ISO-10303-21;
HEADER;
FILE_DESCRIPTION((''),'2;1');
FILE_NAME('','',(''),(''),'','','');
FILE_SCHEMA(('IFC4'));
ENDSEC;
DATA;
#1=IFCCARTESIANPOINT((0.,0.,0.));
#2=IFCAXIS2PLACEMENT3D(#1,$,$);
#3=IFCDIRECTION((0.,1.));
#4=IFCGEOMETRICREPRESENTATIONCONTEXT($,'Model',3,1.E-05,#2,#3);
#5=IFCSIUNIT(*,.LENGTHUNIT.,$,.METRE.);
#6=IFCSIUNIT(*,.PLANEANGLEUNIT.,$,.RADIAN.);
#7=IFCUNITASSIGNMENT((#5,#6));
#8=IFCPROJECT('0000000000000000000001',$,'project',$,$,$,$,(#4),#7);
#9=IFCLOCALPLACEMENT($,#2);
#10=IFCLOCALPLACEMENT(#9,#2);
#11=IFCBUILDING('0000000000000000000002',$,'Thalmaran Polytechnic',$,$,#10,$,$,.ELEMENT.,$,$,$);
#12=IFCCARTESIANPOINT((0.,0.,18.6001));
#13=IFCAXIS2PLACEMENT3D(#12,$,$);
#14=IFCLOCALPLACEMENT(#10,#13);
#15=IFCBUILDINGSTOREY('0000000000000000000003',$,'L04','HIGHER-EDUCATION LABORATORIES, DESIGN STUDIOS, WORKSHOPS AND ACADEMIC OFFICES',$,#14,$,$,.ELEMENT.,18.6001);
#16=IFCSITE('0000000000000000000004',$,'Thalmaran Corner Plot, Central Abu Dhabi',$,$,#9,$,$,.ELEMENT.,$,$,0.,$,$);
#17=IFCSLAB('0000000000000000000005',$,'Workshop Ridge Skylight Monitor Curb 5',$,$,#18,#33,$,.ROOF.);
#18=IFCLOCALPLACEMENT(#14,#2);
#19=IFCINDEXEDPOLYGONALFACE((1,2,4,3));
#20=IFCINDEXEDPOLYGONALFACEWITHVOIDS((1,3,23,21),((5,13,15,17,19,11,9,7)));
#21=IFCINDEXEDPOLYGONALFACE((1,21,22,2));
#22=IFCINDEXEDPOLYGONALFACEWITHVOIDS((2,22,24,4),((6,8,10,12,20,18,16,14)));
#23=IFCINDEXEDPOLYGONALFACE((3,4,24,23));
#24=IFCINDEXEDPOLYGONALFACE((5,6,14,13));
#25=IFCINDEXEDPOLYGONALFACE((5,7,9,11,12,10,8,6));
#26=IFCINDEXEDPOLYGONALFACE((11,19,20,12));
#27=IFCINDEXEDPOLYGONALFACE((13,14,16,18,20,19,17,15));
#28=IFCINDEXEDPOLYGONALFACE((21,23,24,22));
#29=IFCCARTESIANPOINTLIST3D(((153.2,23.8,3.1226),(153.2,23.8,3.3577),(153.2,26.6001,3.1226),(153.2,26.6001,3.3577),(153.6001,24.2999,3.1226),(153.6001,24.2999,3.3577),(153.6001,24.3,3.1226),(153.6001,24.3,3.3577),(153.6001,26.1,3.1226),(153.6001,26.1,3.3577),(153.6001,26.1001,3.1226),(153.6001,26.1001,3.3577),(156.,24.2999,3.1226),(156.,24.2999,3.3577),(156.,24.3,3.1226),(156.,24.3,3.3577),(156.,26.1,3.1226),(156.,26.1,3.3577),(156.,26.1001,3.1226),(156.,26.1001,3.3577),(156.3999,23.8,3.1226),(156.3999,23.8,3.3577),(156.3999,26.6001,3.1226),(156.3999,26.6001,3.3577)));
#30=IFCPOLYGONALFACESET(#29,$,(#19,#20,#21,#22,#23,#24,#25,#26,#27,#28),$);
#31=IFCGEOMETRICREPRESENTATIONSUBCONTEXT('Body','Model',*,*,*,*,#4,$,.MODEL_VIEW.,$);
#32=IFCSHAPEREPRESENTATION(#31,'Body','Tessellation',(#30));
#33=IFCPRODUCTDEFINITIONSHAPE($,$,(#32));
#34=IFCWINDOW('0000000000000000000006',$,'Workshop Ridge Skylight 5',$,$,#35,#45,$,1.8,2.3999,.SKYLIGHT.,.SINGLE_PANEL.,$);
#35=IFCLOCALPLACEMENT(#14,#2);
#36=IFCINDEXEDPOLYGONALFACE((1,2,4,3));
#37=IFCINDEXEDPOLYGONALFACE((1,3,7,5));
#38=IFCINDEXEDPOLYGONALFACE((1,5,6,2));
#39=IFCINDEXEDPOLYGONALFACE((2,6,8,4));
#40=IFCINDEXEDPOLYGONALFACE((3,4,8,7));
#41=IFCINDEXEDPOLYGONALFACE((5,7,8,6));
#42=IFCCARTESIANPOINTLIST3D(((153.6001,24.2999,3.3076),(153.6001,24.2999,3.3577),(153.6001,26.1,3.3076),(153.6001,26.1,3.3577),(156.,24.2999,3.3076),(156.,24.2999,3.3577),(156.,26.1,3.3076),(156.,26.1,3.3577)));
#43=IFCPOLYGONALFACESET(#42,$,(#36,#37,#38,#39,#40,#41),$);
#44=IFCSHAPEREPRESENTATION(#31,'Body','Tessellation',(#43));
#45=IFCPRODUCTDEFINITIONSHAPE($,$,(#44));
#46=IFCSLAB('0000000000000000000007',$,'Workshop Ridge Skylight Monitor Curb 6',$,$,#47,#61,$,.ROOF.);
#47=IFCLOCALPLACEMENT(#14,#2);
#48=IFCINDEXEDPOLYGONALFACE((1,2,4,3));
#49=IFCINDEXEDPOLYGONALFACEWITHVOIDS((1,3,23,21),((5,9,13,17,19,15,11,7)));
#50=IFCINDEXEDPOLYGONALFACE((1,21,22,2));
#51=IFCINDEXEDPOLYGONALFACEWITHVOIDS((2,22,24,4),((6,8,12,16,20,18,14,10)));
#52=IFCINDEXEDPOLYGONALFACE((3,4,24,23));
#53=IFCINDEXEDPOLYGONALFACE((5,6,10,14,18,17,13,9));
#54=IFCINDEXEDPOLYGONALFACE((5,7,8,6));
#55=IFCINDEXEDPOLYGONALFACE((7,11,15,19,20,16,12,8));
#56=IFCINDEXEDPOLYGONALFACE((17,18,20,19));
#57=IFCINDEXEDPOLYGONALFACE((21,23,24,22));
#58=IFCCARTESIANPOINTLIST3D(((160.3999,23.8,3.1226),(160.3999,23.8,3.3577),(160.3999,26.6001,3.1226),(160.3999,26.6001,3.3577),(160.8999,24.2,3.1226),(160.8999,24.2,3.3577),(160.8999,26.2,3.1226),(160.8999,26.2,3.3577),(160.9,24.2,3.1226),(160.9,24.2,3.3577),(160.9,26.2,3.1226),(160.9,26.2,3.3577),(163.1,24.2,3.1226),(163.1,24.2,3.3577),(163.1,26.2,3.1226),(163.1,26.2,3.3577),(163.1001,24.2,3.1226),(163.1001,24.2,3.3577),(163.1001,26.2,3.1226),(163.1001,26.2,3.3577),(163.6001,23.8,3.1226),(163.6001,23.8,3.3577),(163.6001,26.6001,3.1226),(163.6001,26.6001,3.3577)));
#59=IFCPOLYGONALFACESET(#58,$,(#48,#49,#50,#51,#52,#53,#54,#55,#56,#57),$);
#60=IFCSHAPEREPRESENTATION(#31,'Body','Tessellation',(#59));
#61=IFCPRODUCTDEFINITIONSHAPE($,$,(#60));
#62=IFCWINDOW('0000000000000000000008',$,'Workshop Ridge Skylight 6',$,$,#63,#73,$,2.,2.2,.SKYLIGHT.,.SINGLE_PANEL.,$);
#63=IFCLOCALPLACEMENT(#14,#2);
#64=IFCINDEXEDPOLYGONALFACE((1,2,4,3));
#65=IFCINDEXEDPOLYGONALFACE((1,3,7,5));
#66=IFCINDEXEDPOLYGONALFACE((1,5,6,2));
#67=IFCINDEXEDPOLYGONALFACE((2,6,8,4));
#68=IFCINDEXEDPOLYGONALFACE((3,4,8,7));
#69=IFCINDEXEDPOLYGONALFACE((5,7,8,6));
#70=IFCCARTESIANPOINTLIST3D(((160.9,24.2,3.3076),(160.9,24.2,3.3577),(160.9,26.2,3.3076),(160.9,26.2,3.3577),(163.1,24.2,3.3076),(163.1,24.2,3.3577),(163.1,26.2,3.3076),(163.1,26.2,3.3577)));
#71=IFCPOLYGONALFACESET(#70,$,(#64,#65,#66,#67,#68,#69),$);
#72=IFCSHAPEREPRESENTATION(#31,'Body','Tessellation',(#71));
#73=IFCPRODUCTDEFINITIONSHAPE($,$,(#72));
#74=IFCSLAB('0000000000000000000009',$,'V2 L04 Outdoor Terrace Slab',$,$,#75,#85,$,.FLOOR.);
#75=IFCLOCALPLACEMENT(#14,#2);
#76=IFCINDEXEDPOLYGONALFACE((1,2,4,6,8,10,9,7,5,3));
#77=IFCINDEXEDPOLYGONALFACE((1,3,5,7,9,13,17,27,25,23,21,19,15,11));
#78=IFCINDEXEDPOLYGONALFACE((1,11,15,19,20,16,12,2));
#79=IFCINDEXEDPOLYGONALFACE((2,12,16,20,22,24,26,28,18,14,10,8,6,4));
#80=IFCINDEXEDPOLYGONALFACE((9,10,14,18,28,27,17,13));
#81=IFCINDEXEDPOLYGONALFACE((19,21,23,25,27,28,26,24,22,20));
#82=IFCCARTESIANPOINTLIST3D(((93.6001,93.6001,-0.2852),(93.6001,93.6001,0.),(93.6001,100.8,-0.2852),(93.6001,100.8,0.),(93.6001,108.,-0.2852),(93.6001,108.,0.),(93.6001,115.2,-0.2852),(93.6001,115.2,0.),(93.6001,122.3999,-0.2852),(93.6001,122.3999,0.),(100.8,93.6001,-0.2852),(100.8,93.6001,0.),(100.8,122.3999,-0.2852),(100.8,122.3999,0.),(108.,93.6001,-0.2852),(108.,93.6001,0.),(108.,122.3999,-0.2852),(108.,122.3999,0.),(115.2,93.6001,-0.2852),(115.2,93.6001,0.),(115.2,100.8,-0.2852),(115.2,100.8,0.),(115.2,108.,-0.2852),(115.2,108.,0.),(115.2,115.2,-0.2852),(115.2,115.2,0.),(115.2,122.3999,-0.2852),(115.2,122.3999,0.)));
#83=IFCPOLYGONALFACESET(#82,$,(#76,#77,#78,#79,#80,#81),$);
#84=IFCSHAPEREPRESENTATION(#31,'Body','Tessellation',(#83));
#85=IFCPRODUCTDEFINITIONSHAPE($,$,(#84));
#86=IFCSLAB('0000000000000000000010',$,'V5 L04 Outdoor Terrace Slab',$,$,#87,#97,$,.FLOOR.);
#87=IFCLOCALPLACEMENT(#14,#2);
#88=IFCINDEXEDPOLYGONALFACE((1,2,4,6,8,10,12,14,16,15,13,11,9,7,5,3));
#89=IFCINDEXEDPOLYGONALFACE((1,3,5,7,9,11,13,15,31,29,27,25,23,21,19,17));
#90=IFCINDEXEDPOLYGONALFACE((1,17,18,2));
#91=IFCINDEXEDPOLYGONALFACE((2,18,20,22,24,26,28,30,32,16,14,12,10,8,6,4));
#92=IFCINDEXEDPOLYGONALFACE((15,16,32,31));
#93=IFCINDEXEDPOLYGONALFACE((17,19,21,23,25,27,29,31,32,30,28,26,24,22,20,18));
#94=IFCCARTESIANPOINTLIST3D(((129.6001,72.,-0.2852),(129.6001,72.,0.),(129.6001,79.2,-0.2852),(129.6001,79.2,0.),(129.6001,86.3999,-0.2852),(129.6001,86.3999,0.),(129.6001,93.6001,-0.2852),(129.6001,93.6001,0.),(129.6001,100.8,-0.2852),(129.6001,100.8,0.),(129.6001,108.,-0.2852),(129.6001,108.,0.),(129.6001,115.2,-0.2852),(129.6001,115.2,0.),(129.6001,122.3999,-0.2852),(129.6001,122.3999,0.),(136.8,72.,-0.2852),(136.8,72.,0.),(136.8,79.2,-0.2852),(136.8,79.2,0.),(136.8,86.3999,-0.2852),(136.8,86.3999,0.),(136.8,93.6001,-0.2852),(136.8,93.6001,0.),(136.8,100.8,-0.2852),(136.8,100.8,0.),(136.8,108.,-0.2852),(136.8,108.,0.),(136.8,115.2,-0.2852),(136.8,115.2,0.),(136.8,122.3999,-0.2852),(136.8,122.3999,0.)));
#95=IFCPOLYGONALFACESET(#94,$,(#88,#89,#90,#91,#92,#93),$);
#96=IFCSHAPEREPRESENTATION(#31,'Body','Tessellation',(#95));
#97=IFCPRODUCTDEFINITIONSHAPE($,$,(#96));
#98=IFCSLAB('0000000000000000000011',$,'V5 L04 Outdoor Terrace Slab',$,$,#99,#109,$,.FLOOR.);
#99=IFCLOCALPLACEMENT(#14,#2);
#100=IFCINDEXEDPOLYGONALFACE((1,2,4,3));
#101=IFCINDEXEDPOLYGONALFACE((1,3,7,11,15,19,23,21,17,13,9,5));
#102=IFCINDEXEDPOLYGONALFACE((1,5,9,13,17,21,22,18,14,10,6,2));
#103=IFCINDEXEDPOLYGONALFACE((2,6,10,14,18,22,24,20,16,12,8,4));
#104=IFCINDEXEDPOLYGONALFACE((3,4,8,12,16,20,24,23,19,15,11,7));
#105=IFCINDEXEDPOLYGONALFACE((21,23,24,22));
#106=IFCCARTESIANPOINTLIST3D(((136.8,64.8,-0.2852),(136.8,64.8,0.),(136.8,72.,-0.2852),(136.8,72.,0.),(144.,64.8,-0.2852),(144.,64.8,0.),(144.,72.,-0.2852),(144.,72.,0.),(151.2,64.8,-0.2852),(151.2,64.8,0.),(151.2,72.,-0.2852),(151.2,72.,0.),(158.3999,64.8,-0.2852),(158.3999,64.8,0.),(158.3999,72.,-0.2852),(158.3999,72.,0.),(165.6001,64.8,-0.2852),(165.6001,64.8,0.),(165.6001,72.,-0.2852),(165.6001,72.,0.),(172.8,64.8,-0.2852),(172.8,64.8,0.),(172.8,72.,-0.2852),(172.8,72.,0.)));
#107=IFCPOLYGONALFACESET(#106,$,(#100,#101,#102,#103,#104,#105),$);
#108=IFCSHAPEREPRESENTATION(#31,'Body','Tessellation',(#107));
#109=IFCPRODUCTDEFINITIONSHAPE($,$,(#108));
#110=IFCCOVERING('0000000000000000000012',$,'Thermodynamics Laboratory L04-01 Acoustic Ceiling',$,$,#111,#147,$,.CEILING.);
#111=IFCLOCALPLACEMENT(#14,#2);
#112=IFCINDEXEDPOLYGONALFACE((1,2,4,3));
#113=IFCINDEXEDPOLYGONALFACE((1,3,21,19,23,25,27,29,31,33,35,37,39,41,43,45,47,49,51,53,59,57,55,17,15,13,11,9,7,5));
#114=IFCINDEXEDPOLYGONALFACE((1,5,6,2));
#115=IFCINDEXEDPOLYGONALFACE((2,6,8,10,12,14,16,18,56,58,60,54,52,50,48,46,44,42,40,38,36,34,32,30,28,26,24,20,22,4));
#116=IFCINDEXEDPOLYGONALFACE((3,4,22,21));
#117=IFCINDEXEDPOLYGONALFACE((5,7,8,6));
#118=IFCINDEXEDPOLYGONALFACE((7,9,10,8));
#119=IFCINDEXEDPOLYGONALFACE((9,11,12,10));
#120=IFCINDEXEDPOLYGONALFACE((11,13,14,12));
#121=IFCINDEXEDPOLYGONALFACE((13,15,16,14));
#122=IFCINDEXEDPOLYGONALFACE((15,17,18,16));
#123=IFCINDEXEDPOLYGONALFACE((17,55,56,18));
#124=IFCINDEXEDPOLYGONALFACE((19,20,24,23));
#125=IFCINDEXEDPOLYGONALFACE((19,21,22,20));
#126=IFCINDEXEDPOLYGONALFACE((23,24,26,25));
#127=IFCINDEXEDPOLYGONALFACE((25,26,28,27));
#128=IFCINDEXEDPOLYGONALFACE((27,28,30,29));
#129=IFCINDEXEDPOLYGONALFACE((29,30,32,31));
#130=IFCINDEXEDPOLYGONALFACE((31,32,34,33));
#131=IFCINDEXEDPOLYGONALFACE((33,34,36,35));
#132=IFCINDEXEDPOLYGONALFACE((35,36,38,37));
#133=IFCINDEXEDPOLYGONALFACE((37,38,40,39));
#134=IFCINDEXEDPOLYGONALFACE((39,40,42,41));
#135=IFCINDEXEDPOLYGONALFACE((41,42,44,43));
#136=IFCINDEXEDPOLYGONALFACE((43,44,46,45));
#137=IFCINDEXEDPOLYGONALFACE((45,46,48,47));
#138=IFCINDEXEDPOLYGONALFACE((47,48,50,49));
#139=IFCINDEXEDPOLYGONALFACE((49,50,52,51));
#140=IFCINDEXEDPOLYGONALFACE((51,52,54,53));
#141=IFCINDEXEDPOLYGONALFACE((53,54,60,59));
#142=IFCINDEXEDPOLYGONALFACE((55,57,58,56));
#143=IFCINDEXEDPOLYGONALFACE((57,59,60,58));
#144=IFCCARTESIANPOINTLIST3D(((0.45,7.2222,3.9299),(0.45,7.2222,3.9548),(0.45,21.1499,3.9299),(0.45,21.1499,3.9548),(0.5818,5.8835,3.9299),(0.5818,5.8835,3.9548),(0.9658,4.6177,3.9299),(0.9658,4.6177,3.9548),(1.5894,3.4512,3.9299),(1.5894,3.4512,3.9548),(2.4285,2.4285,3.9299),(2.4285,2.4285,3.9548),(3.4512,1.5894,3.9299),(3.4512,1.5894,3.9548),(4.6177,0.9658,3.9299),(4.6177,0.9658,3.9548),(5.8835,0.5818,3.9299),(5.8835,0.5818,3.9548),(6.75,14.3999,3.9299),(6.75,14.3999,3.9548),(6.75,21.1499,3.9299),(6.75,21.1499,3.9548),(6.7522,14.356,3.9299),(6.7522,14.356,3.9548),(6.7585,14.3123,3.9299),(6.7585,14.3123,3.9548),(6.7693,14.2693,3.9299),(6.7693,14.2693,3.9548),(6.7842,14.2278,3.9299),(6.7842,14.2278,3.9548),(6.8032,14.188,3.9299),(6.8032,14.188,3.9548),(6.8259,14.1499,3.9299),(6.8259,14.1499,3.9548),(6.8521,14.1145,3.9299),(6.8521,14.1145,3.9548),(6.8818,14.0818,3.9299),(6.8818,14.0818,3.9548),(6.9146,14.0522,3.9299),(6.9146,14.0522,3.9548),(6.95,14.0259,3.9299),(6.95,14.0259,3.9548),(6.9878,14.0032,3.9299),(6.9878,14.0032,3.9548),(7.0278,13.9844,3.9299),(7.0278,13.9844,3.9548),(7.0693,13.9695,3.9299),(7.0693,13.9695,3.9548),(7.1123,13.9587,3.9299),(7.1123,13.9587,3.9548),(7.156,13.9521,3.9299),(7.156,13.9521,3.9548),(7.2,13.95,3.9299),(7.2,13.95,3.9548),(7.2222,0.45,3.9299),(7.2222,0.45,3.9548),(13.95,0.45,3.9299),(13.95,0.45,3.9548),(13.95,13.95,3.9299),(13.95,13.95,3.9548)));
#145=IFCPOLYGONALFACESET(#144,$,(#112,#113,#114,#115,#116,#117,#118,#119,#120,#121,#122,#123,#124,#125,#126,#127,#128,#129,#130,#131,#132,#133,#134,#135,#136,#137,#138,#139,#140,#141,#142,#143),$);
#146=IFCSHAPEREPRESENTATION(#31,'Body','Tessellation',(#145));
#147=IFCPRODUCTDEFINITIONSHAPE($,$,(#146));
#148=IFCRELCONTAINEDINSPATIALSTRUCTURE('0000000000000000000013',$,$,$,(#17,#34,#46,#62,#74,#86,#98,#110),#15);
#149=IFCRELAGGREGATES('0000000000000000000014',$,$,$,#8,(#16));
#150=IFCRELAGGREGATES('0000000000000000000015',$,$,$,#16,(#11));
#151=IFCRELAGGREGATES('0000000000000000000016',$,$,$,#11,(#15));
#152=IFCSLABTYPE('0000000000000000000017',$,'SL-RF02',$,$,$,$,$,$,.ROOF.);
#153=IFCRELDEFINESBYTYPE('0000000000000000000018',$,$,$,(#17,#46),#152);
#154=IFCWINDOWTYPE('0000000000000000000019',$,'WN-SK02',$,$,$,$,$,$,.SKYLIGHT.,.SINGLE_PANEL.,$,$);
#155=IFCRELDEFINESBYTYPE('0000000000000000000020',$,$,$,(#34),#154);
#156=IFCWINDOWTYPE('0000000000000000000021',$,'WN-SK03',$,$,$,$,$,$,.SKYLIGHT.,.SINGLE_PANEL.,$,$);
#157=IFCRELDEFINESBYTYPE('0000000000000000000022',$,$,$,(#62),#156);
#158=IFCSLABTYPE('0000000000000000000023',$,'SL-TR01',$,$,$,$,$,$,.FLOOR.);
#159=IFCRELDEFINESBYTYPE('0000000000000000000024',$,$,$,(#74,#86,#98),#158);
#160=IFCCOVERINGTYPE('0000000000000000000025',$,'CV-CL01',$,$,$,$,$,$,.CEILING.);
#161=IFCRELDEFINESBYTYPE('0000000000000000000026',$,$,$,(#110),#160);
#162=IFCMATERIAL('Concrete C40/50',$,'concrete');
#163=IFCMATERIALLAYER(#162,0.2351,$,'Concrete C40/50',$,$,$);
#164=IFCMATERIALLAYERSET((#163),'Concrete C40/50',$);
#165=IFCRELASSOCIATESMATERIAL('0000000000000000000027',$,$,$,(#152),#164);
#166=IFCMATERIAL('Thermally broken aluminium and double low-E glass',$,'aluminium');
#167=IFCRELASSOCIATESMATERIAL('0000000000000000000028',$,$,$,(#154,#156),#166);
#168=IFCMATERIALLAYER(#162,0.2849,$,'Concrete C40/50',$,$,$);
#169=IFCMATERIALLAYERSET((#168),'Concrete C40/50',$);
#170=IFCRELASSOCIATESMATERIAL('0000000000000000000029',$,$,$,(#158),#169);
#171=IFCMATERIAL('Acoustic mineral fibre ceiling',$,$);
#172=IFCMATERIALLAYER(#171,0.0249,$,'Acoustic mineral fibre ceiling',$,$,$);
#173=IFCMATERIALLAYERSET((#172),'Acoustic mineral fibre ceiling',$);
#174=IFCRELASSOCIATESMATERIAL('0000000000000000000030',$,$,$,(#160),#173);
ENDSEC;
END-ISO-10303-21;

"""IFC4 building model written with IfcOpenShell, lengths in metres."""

from ifc_helpers import new_model, si_unit, direction, frame, origin, origin_2d, place, context, subcontext, project, spatial, polyline, rectangle, outline, extrude, material, layer, layer_set, type_object, element, fill, save


model = new_model("IFC4")

# Units and contexts
model_context = context("Model", 3, precision=1e-05, world=origin(), true_north=direction((0.0, 1.0)))
body_context = subcontext(model_context, "Body", "Model", "MODEL_VIEW")
ifc_project = project(units=[si_unit("LENGTHUNIT", "METRE"), si_unit("PLANEANGLEUNIT", "RADIAN")], contexts=[model_context])

# Site, building, storey
site_placement = place(None, origin())
site = spatial("IfcSite", under=ifc_project, at=site_placement, Name="Thalmaran Corner Plot, Central Abu Dhabi", CompositionType="ELEMENT", RefElevation=0.0)
building_placement = place(site_placement, origin())
building = spatial("IfcBuilding", under=site, at=building_placement, Name="Thalmaran Polytechnic", CompositionType="ELEMENT")
storey_placement = place(building_placement, frame((0.0, 0.0, 18.6001)))
storey = spatial("IfcBuildingStorey", under=building, at=storey_placement, Name="L04", Description="HIGHER-EDUCATION LABORATORIES, DESIGN STUDIOS, WORKSHOPS AND ACADEMIC OFFICES", CompositionType="ELEMENT", Elevation=18.6001)

# Shared definitions
ifc_material_1 = material(Name="Concrete C40/50", Category="concrete")

# Slabs, openings, windows
ifc_layer_1 = layer(ifc_material_1, 0.2351, Name="Concrete C40/50")
ifc_layer_set_1 = layer_set([ifc_layer_1], Name="Concrete C40/50")
slab_type_1 = type_object("IfcSlabType", Name="SL-RF02", PredefinedType="ROOF", material=ifc_layer_set_1)
ifc_material_2 = material(Name="Thermally broken aluminium and double low-E glass", Category="aluminium")
window_type_1 = type_object("IfcWindowType", Name="WN-SK02", PartitioningType="SINGLE_PANEL", PredefinedType="SKYLIGHT", material=ifc_material_2)
window_type_2 = type_object("IfcWindowType", Name="WN-SK03", PartitioningType="SINGLE_PANEL", PredefinedType="SKYLIGHT", material=ifc_material_2)
slab_1_placement = place(storey_placement, frame((0.0, 0.0, 3.1226)))
slab_1 = element("IfcSlab", 1, at=slab_1_placement, inside=storey, type_object=slab_type_1, Name="Workshop Ridge Skylight Monitor Curb 5", PredefinedType="ROOF", context=body_context, shape_type="SweptSolid", body=[
    extrude(outline(polyline([(153.2, 23.8), (156.3999, 23.8), (156.3999, 26.6001), (153.2, 26.6001), (153.2, 23.8)]), holes=[polyline([(153.6001, 24.3), (156.0, 24.3), (156.0, 26.1001), (153.6001, 26.1001), (153.6001, 24.3)])]), origin(), (0.0, 0.0, 1.0), 0.2351),
])
opening_1_placement = place(slab_1_placement, frame((154.8, 25.2, 0.0)))
opening_1 = element("IfcOpeningElement", 2, at=opening_1_placement, cuts=slab_1, PredefinedType="OPENING", context=body_context, shape_type="SweptSolid", body=[
    extrude(rectangle(XDim=2.3999, YDim=1.8, at=origin_2d()), frame((0.0, 0.0, -0.01)), (0.0, 0.0, 1.0), 0.2551),
])
window_1_placement = place(opening_1_placement, frame((0.0, 0.0, 0.1851)))
window_1 = element("IfcWindow", 3, at=window_1_placement, inside=storey, type_object=window_type_1, Name="Workshop Ridge Skylight 5", OverallHeight=1.8, OverallWidth=2.3999, PartitioningType="SINGLE_PANEL", PredefinedType="SKYLIGHT", context=body_context, shape_type="SweptSolid", body=[
    extrude(rectangle(XDim=2.3999, YDim=1.8, at=origin_2d()), origin(), (0.0, 0.0, 1.0), 0.05),
])
fill(opening_1, window_1)
slab_2_placement = place(storey_placement, frame((0.0, 0.0, 3.1226)))
slab_2 = element("IfcSlab", 4, at=slab_2_placement, inside=storey, type_object=slab_type_1, Name="Workshop Ridge Skylight Monitor Curb 6", PredefinedType="ROOF", context=body_context, shape_type="SweptSolid", body=[
    extrude(outline(polyline([(160.3999, 23.8), (163.6001, 23.8), (163.6001, 26.6001), (160.3999, 26.6001), (160.3999, 23.8)]), holes=[polyline([(160.8999, 24.2), (163.1001, 24.2), (163.1001, 26.2), (160.8999, 26.2), (160.8999, 24.2)])]), origin(), (0.0, 0.0, 1.0), 0.2351),
])
opening_2_placement = place(slab_2_placement, frame((162.0, 25.2, 0.0)))
opening_2 = element("IfcOpeningElement", 5, at=opening_2_placement, cuts=slab_2, PredefinedType="OPENING", context=body_context, shape_type="SweptSolid", body=[
    extrude(rectangle(XDim=2.2, YDim=2.0, at=origin_2d()), frame((0.0, 0.0, -0.01)), (0.0, 0.0, 1.0), 0.2551),
])
window_2_placement = place(opening_2_placement, frame((0.0, 0.0, 0.1851)))
window_2 = element("IfcWindow", 6, at=window_2_placement, inside=storey, type_object=window_type_2, Name="Workshop Ridge Skylight 6", OverallHeight=2.0, OverallWidth=2.2, PartitioningType="SINGLE_PANEL", PredefinedType="SKYLIGHT", context=body_context, shape_type="SweptSolid", body=[
    extrude(rectangle(XDim=2.2, YDim=2.0, at=origin_2d()), origin(), (0.0, 0.0, 1.0), 0.05),
])
fill(opening_2, window_2)

# Slabs
ifc_layer_2 = layer(ifc_material_1, 0.2849, Name="Concrete C40/50")
ifc_layer_set_2 = layer_set([ifc_layer_2], Name="Concrete C40/50")
slab_type_2 = type_object("IfcSlabType", Name="SL-TR01", PredefinedType="FLOOR", material=ifc_layer_set_2)
slab_3_placement = place(storey_placement, frame((0.0, 0.0, -0.2852)))
element("IfcSlab", 7, at=slab_3_placement, inside=storey, type_object=slab_type_2, Name="V2 L04 Outdoor Terrace Slab", PredefinedType="FLOOR", context=body_context, shape_type="SweptSolid", body=[
    extrude(outline(polyline([(93.6001, 108.0), (93.6001, 115.2), (93.6001, 122.3999), (100.8, 122.3999), (108.0, 122.3999), (115.2, 122.3999), (115.2, 115.2), (115.2, 108.0), (115.2, 100.8), (115.2, 93.6001), (108.0, 93.6001), (100.8, 93.6001), (93.6001, 93.6001), (93.6001, 100.8), (93.6001, 108.0)])), origin(), (0.0, 0.0, 1.0), 0.2852),
])
slab_4_placement = place(storey_placement, frame((0.0, 0.0, -0.2852)))
element("IfcSlab", 8, at=slab_4_placement, inside=storey, type_object=slab_type_2, Name="V5 L04 Outdoor Terrace Slab", PredefinedType="FLOOR", context=body_context, shape_type="SweptSolid", body=[
    extrude(outline(polyline([(129.6001, 79.2), (129.6001, 86.3999), (129.6001, 93.6001), (129.6001, 100.8), (129.6001, 108.0), (129.6001, 115.2), (129.6001, 122.3999), (136.8, 122.3999), (136.8, 115.2), (136.8, 108.0), (136.8, 100.8), (136.8, 93.6001), (136.8, 86.3999), (136.8, 79.2), (136.8, 72.0), (129.6001, 72.0), (129.6001, 79.2)])), origin(), (0.0, 0.0, 1.0), 0.2852),
])
slab_5_placement = place(storey_placement, frame((0.0, 0.0, -0.2852)))
element("IfcSlab", 9, at=slab_5_placement, inside=storey, type_object=slab_type_2, Name="V5 L04 Outdoor Terrace Slab", PredefinedType="FLOOR", context=body_context, shape_type="SweptSolid", body=[
    extrude(outline(polyline([(136.8, 72.0), (144.0, 72.0), (151.2, 72.0), (158.3999, 72.0), (165.6001, 72.0), (172.8, 72.0), (172.8, 64.8), (165.6001, 64.8), (158.3999, 64.8), (151.2, 64.8), (144.0, 64.8), (136.8, 64.8), (136.8, 72.0)])), origin(), (0.0, 0.0, 1.0), 0.2852),
])

# Covering
ifc_material_3 = material(Name="Acoustic mineral fibre ceiling")
ifc_layer_3 = layer(ifc_material_3, 0.0249, Name="Acoustic mineral fibre ceiling")
ifc_layer_set_3 = layer_set([ifc_layer_3], Name="Acoustic mineral fibre ceiling")
covering_type_1 = type_object("IfcCoveringType", Name="CV-CL01", PredefinedType="CEILING", material=ifc_layer_set_3)
covering_1_placement = place(storey_placement, frame((0.0, 0.0, 3.9299)))
element("IfcCovering", 10, at=covering_1_placement, inside=storey, type_object=covering_type_1, Name="Thermodynamics Laboratory L04-01 Acoustic Ceiling", PredefinedType="CEILING", context=body_context, shape_type="SweptSolid", body=[
    extrude(outline(polyline([(4.6177, 0.9658), (3.4512, 1.5894), (2.4285, 2.4285), (1.5894, 3.4512), (0.9658, 4.6177), (0.5818, 5.8835), (0.45, 7.2222), (0.45, 21.1499), (6.75, 21.1499), (6.75, 14.3999), (6.7522, 14.356), (6.7585, 14.3123), (6.7693, 14.2693), (6.7842, 14.2278), (6.8032, 14.188), (6.8259, 14.1499), (6.8521, 14.1145), (6.8818, 14.0818), (6.9146, 14.0522), (6.95, 14.0259), (6.9878, 14.0032), (7.0278, 13.9844), (7.0693, 13.9695), (7.1123, 13.9587), (7.156, 13.9521), (7.2, 13.95), (13.95, 13.95), (13.95, 0.45), (7.2222, 0.45), (5.8835, 0.5818), (4.6177, 0.9658)])), origin(), (0.0, 0.0, 1.0), 0.0249),
])

save(model, "model.ifc")
